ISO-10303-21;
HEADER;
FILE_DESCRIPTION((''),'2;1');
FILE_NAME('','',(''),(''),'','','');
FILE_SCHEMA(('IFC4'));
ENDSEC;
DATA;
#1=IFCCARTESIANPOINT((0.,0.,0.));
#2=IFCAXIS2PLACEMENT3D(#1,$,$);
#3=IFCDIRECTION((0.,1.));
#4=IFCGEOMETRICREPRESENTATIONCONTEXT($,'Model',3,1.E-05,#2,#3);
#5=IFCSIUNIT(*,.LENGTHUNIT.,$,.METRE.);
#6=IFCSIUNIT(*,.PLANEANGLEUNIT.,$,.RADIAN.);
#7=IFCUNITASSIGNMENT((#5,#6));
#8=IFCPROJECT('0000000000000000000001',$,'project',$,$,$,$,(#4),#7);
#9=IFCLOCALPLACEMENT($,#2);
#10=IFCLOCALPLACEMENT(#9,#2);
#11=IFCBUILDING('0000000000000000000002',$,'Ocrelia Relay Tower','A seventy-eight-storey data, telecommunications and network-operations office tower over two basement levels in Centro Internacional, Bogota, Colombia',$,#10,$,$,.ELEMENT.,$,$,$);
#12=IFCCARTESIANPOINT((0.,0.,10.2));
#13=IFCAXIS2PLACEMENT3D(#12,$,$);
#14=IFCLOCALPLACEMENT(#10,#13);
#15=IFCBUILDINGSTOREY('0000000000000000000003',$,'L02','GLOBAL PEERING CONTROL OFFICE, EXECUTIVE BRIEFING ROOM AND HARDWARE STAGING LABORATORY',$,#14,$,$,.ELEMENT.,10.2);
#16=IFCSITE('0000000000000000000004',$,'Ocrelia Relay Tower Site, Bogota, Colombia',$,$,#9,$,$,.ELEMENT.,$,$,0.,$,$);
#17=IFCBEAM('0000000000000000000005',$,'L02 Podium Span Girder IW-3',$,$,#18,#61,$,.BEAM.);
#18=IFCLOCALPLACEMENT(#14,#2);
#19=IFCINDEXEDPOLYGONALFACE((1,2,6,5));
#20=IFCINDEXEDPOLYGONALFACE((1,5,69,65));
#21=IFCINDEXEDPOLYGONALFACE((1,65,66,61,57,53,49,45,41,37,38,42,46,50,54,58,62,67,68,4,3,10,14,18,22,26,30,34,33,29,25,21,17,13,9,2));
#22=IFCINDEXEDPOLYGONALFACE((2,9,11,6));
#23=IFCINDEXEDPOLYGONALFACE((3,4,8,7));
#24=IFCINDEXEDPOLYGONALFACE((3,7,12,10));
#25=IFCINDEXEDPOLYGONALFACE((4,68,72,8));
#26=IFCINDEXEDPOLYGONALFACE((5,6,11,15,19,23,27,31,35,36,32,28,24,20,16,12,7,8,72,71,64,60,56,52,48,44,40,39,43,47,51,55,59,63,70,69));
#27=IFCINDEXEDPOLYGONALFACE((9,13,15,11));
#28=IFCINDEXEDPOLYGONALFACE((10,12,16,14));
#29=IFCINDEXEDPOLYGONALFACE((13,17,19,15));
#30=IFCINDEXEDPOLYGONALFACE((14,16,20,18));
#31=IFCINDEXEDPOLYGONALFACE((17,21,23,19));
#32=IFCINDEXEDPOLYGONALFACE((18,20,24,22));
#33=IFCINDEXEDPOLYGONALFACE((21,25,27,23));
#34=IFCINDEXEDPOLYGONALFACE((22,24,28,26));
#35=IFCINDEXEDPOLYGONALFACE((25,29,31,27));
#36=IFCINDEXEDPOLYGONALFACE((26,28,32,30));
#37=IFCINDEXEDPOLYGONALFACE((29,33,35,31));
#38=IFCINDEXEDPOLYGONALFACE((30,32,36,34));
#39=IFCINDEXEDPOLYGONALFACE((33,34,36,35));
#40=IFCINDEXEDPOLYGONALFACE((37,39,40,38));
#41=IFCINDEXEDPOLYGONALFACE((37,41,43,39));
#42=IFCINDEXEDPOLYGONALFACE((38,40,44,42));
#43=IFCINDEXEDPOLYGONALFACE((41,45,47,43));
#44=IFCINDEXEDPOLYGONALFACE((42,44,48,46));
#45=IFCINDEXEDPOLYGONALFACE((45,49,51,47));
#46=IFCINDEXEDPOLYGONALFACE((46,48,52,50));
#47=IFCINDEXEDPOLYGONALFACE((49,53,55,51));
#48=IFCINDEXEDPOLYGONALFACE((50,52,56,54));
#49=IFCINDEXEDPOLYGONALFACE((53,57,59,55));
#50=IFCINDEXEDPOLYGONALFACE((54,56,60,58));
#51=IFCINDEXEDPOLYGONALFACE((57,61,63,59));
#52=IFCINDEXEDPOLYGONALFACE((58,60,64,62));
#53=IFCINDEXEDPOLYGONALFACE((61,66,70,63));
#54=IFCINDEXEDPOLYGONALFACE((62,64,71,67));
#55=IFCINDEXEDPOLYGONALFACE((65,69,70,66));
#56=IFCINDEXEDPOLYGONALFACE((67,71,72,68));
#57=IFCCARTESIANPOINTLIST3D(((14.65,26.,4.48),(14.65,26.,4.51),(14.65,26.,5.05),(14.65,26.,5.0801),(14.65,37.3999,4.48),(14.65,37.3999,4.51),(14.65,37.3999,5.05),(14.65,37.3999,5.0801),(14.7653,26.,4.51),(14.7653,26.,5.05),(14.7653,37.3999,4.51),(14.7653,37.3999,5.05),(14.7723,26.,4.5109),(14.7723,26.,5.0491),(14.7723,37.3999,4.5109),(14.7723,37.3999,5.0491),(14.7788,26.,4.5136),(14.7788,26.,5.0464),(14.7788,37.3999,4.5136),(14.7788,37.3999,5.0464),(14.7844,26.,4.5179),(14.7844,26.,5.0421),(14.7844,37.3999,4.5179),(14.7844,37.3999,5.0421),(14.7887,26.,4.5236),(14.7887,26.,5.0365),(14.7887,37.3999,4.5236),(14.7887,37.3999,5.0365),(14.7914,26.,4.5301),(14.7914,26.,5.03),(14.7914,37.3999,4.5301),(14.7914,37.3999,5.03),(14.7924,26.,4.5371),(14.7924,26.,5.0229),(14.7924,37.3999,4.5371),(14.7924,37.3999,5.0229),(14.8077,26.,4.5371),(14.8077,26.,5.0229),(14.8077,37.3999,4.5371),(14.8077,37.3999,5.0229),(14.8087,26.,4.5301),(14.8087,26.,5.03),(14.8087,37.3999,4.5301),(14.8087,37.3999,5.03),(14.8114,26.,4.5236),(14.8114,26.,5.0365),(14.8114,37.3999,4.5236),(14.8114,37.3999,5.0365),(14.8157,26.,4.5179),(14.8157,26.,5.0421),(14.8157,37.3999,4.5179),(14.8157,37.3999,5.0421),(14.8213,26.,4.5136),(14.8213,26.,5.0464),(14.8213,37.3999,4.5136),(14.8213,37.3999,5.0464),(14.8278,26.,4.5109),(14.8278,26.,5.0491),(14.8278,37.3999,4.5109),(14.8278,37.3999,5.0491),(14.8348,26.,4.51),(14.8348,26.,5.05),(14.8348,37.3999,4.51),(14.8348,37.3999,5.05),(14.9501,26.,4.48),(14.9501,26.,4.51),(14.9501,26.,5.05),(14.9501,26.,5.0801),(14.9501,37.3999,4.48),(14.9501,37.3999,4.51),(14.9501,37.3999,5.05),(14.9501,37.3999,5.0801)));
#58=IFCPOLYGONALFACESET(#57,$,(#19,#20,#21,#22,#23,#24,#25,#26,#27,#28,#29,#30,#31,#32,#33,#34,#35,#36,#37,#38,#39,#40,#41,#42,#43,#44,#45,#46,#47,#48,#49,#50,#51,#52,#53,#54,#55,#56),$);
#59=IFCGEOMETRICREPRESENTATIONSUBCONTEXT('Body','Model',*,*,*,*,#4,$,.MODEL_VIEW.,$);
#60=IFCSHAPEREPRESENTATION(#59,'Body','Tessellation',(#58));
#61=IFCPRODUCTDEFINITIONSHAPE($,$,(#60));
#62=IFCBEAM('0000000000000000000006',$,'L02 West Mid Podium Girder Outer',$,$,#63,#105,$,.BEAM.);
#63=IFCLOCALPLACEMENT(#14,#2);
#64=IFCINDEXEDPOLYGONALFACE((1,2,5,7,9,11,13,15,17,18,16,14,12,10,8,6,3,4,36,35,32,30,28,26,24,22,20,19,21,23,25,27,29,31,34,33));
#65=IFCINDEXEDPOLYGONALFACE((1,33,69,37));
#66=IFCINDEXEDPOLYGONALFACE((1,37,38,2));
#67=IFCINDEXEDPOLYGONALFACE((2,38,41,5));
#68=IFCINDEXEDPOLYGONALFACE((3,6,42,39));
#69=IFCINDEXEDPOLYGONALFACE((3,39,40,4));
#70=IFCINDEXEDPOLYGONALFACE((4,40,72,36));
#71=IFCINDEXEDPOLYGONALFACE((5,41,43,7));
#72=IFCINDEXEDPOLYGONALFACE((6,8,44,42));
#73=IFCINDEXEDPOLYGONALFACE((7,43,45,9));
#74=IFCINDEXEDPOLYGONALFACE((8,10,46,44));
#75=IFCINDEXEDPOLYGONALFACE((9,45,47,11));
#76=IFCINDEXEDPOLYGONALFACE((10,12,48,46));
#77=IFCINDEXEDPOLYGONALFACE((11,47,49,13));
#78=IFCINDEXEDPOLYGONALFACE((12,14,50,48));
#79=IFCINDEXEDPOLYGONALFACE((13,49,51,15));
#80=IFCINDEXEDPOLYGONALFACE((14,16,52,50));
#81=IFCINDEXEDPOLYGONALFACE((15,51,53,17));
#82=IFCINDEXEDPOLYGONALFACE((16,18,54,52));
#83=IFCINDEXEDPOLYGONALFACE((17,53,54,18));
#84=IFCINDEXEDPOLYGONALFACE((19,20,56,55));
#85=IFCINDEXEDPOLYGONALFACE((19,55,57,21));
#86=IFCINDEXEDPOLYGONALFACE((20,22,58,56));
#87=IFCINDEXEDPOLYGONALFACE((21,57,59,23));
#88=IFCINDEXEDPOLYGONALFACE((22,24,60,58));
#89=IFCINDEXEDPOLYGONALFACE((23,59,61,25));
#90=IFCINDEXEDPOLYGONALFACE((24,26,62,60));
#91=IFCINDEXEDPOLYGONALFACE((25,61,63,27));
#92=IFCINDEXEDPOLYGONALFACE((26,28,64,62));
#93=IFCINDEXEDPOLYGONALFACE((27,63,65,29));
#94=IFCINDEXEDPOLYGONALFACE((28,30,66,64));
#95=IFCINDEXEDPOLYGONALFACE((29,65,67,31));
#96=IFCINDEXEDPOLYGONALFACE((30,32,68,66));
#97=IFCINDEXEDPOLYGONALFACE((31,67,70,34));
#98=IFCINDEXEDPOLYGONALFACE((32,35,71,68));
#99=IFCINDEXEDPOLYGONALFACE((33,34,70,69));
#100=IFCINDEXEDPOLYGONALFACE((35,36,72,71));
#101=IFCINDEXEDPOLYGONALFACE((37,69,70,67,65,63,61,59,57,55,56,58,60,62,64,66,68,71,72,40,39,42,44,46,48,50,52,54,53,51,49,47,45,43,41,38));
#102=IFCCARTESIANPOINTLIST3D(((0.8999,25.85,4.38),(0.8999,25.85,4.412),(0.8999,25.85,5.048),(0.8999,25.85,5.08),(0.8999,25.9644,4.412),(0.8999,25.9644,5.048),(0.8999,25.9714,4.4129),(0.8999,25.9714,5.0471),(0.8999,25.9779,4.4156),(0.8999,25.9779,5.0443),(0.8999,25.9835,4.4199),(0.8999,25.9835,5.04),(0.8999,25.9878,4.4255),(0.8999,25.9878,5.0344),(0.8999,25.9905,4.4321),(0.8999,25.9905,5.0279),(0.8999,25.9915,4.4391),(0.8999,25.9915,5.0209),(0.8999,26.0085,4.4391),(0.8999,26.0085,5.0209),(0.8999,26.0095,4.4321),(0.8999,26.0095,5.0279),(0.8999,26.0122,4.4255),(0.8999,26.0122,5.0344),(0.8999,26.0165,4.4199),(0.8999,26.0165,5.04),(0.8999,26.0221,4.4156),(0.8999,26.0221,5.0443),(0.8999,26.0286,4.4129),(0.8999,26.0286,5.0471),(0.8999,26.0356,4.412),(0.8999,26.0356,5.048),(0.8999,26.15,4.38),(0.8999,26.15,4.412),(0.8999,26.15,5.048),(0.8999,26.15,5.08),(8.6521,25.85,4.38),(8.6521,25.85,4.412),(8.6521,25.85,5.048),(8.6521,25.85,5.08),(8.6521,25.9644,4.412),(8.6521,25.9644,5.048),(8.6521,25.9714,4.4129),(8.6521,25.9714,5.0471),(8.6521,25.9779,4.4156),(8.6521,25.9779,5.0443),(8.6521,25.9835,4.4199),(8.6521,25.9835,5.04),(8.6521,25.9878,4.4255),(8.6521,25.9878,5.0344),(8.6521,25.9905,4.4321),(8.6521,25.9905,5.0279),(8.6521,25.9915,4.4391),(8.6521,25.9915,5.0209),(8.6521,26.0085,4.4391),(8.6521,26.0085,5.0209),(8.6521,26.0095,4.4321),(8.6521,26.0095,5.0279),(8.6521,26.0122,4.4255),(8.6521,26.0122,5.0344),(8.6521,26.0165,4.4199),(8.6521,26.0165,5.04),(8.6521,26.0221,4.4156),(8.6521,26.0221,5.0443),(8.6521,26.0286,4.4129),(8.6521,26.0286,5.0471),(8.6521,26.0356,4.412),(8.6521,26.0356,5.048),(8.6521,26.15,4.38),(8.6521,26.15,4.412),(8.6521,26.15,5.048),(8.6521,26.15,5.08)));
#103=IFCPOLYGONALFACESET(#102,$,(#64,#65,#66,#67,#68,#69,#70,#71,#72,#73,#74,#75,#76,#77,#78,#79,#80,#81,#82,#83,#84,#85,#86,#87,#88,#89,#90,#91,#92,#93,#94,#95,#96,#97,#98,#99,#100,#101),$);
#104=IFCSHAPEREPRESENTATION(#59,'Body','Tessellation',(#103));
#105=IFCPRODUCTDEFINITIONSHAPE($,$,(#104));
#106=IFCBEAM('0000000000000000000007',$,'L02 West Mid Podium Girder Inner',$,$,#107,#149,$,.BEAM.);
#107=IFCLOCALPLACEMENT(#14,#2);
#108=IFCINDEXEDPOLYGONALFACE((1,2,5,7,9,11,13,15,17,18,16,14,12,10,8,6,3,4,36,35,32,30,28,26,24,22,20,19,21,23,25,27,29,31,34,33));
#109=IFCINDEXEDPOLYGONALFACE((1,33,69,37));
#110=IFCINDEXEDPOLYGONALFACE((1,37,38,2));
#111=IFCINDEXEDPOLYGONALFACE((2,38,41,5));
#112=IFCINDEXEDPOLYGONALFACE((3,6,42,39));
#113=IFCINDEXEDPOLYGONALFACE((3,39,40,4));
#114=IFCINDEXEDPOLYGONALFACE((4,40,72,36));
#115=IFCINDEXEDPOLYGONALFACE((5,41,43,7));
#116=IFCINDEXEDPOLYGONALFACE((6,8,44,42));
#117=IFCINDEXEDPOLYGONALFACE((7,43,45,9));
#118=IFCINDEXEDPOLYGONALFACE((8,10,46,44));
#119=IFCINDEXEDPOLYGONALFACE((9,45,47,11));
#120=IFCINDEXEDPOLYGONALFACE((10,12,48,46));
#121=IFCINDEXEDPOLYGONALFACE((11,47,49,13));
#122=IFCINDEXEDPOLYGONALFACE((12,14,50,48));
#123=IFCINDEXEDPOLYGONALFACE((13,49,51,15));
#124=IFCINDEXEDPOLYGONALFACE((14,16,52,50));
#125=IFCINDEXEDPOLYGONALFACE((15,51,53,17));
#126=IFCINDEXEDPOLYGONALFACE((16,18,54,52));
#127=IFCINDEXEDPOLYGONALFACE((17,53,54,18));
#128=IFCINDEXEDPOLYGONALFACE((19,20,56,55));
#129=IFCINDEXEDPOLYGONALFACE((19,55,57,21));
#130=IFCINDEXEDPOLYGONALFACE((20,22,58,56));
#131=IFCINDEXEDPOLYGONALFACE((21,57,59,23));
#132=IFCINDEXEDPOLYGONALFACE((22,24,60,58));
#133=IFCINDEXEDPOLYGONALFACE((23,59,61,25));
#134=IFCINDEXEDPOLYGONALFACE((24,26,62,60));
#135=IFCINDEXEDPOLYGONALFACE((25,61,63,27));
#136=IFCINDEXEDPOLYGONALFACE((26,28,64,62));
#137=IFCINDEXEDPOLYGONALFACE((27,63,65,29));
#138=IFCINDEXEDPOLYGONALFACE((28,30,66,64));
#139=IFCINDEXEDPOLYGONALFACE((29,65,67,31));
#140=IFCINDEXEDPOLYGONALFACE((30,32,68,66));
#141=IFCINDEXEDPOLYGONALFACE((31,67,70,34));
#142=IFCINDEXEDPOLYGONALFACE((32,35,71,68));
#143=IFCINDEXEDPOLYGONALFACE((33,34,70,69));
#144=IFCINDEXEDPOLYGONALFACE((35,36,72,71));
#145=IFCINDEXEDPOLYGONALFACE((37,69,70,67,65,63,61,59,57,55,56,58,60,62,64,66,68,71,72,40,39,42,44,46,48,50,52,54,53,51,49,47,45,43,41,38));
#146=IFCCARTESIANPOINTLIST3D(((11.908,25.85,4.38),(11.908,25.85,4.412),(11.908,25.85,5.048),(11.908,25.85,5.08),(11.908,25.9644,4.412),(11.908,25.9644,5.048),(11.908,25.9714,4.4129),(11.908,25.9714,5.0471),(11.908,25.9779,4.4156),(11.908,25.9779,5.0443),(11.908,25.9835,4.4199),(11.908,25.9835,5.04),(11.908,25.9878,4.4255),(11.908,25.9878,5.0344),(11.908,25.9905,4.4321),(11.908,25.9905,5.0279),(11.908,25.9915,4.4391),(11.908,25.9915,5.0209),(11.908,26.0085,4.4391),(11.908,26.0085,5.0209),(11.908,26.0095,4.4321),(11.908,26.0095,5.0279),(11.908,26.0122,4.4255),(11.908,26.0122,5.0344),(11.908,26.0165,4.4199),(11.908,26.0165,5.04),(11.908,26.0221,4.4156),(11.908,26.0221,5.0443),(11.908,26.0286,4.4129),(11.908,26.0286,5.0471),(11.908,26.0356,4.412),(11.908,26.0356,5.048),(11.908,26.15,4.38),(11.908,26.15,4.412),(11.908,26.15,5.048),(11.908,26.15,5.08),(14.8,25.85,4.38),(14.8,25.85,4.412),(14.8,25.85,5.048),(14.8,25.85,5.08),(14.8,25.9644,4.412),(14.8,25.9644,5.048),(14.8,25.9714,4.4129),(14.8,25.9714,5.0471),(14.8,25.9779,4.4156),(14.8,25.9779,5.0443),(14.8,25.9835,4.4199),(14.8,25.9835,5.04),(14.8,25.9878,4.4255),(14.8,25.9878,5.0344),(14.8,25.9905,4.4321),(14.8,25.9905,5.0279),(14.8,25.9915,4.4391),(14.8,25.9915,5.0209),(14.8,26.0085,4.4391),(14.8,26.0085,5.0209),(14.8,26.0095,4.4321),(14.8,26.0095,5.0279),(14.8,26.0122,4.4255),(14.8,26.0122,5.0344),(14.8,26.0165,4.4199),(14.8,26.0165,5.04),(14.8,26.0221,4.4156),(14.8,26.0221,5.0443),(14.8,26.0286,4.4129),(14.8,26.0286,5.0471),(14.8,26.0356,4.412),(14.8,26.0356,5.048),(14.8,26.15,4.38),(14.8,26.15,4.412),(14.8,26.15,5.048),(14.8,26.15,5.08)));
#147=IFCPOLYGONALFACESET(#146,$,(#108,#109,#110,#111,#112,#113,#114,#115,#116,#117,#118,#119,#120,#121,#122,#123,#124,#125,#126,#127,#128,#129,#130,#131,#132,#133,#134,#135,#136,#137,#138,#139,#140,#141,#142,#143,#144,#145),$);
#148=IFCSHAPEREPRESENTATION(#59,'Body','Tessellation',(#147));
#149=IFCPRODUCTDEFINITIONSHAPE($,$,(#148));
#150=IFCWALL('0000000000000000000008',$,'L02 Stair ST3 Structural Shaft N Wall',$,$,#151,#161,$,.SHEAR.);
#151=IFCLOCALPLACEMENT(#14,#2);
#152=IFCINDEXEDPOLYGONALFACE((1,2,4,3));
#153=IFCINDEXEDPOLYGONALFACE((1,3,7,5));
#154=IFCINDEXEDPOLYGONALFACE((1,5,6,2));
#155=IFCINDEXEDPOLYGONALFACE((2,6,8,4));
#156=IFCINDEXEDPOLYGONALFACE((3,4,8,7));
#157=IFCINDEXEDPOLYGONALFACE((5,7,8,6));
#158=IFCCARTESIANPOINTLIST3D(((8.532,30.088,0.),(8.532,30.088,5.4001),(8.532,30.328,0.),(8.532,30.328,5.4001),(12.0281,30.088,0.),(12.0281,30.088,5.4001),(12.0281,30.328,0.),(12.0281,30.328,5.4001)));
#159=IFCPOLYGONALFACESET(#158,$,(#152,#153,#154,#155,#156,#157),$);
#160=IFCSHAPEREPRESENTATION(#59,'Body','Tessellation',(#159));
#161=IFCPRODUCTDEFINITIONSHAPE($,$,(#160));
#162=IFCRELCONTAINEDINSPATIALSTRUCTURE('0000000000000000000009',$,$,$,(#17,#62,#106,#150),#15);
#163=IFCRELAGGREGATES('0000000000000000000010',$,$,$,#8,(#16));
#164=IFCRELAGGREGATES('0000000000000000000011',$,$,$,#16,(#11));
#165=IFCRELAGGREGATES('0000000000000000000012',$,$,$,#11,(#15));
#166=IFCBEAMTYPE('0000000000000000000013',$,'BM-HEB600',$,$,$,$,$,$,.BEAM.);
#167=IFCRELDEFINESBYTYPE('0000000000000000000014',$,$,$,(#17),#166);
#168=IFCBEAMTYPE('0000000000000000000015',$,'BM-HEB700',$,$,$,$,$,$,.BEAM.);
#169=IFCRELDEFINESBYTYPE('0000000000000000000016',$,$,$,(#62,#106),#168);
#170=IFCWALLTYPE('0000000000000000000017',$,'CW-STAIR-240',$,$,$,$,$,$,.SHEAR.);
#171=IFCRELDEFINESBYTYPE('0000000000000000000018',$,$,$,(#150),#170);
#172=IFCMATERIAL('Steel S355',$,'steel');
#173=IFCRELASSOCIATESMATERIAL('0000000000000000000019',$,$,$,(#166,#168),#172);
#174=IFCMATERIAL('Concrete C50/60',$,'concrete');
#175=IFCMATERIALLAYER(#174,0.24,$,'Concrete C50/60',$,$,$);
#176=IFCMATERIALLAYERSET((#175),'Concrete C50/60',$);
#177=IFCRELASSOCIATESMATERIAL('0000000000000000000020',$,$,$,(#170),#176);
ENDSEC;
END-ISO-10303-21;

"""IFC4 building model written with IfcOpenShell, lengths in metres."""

from ifc_helpers import new_model, si_unit, direction, frame, frame_2d, origin, origin_2d, place, context, subcontext, project, spatial, rectangle, i_section, extrude, material, layer, layer_set, material_profile, profile_set, type_object, element, save


model = new_model("IFC4")

# Units and contexts
model_context = context("Model", 3, precision=1e-05, world=origin(), true_north=direction((0.0, 1.0)))
body_context = subcontext(model_context, "Body", "Model", "MODEL_VIEW")
ifc_project = project(units=[si_unit("LENGTHUNIT", "METRE"), si_unit("PLANEANGLEUNIT", "RADIAN")], contexts=[model_context])

# Site, building, storey
site_placement = place(None, origin())
site = spatial("IfcSite", under=ifc_project, at=site_placement, Name="Ocrelia Relay Tower Site, Bogota, Colombia", CompositionType="ELEMENT", RefElevation=0.0)
building_placement = place(site_placement, origin())
building = spatial("IfcBuilding", under=site, at=building_placement, Name="Ocrelia Relay Tower", Description="A seventy-eight-storey data, telecommunications and network-operations office tower over two basement levels in Centro Internacional, Bogota, Colombia", CompositionType="ELEMENT")
storey_placement = place(building_placement, frame((0.0, 0.0, 10.2)))
storey = spatial("IfcBuildingStorey", under=building, at=storey_placement, Name="L02", Description="GLOBAL PEERING CONTROL OFFICE, EXECUTIVE BRIEFING ROOM AND HARDWARE STAGING LABORATORY", CompositionType="ELEMENT", Elevation=10.2)

# Beams
ifc_material_1 = material(Name="Steel S355", Category="steel")
ifc_material_profile_1 = material_profile(ifc_material_1, i_section(OverallWidth=0.3, OverallDepth=0.6001, WebThickness=0.0154, FlangeThickness=0.03, FilletRadius=0.0271, at=origin_2d()), Name="HEB 600")
ifc_profile_set_1 = profile_set([ifc_material_profile_1], Name="Steel S355")
beam_type_1 = type_object("IfcBeamType", Name="BM-HEB600", PredefinedType="BEAM", material=ifc_profile_set_1)
for number, where, z_axis, x_axis, name in (
    (1, (14.8, 26.0, 4.78), (0.0, 1.0, 0.0), (-1.0, 0.0, 0.0), "L02 Podium Span Girder IW-3"),
):
    element("IfcBeam", number, at=place(storey_placement, frame(where, z_axis=z_axis, x_axis=x_axis)), inside=storey, type_object=beam_type_1, Name=name, PredefinedType="BEAM", context=body_context, shape_type="SweptSolid", body=[
        extrude(i_section(OverallWidth=0.3, OverallDepth=0.6001, WebThickness=0.0154, FlangeThickness=0.03, FilletRadius=0.0271, at=origin_2d()), origin(), (0.0, 0.0, 1.0), 11.3999),
    ])
ifc_material_profile_2 = material_profile(ifc_material_1, i_section(OverallWidth=0.3, OverallDepth=0.7, WebThickness=0.0171, FlangeThickness=0.032, FilletRadius=0.0271, at=origin_2d()), Name="HEB 700")
ifc_profile_set_2 = profile_set([ifc_material_profile_2], Name="Steel S355")
beam_type_2 = type_object("IfcBeamType", Name="BM-HEB700", PredefinedType="BEAM", material=ifc_profile_set_2)
beam_1_placement = place(storey_placement, frame((0.8999, 26.0, 4.73), z_axis=(1.0, 0.0, 0.0), x_axis=(0.0, 1.0, 0.0)))
element("IfcBeam", 2, at=beam_1_placement, inside=storey, type_object=beam_type_2, Name="L02 West Mid Podium Girder Outer", PredefinedType="BEAM", context=body_context, shape_type="SweptSolid", body=[
    extrude(i_section(OverallWidth=0.3, OverallDepth=0.7, WebThickness=0.0171, FlangeThickness=0.032, FilletRadius=0.0271, at=origin_2d()), origin(), (0.0, 0.0, 1.0), 7.7522),
])
beam_2_placement = place(storey_placement, frame((11.908, 26.0, 4.73), z_axis=(1.0, 0.0, 0.0), x_axis=(0.0, 1.0, 0.0)))
element("IfcBeam", 3, at=beam_2_placement, inside=storey, type_object=beam_type_2, Name="L02 West Mid Podium Girder Inner", PredefinedType="BEAM", context=body_context, shape_type="SweptSolid", body=[
    extrude(i_section(OverallWidth=0.3, OverallDepth=0.7, WebThickness=0.0171, FlangeThickness=0.032, FilletRadius=0.0271, at=origin_2d()), origin(), (0.0, 0.0, 1.0), 2.8921),
])

# Wall
ifc_material_2 = material(Name="Concrete C50/60", Category="concrete")
ifc_layer_1 = layer(ifc_material_2, 0.24, Name="Concrete C50/60")
ifc_layer_set_1 = layer_set([ifc_layer_1], Name="Concrete C50/60")
wall_type_1 = type_object("IfcWallType", Name="CW-STAIR-240", PredefinedType="SHEAR", material=ifc_layer_set_1)
wall_1_placement = place(storey_placement, frame((8.532, 30.208, 0.0), z_axis=(0.0, 0.0, 1.0), x_axis=(1.0, 0.0, 0.0)))
element("IfcWall", 4, at=wall_1_placement, inside=storey, type_object=wall_type_1, Name="L02 Stair ST3 Structural Shaft N Wall", PredefinedType="SHEAR", context=body_context, shape_type="SweptSolid", body=[
    extrude(rectangle(XDim=3.4961, YDim=0.24, at=frame_2d((1.748, 0.0))), origin(), (0.0, 0.0, 1.0), 5.4001),
])

save(model, "model.ifc")
